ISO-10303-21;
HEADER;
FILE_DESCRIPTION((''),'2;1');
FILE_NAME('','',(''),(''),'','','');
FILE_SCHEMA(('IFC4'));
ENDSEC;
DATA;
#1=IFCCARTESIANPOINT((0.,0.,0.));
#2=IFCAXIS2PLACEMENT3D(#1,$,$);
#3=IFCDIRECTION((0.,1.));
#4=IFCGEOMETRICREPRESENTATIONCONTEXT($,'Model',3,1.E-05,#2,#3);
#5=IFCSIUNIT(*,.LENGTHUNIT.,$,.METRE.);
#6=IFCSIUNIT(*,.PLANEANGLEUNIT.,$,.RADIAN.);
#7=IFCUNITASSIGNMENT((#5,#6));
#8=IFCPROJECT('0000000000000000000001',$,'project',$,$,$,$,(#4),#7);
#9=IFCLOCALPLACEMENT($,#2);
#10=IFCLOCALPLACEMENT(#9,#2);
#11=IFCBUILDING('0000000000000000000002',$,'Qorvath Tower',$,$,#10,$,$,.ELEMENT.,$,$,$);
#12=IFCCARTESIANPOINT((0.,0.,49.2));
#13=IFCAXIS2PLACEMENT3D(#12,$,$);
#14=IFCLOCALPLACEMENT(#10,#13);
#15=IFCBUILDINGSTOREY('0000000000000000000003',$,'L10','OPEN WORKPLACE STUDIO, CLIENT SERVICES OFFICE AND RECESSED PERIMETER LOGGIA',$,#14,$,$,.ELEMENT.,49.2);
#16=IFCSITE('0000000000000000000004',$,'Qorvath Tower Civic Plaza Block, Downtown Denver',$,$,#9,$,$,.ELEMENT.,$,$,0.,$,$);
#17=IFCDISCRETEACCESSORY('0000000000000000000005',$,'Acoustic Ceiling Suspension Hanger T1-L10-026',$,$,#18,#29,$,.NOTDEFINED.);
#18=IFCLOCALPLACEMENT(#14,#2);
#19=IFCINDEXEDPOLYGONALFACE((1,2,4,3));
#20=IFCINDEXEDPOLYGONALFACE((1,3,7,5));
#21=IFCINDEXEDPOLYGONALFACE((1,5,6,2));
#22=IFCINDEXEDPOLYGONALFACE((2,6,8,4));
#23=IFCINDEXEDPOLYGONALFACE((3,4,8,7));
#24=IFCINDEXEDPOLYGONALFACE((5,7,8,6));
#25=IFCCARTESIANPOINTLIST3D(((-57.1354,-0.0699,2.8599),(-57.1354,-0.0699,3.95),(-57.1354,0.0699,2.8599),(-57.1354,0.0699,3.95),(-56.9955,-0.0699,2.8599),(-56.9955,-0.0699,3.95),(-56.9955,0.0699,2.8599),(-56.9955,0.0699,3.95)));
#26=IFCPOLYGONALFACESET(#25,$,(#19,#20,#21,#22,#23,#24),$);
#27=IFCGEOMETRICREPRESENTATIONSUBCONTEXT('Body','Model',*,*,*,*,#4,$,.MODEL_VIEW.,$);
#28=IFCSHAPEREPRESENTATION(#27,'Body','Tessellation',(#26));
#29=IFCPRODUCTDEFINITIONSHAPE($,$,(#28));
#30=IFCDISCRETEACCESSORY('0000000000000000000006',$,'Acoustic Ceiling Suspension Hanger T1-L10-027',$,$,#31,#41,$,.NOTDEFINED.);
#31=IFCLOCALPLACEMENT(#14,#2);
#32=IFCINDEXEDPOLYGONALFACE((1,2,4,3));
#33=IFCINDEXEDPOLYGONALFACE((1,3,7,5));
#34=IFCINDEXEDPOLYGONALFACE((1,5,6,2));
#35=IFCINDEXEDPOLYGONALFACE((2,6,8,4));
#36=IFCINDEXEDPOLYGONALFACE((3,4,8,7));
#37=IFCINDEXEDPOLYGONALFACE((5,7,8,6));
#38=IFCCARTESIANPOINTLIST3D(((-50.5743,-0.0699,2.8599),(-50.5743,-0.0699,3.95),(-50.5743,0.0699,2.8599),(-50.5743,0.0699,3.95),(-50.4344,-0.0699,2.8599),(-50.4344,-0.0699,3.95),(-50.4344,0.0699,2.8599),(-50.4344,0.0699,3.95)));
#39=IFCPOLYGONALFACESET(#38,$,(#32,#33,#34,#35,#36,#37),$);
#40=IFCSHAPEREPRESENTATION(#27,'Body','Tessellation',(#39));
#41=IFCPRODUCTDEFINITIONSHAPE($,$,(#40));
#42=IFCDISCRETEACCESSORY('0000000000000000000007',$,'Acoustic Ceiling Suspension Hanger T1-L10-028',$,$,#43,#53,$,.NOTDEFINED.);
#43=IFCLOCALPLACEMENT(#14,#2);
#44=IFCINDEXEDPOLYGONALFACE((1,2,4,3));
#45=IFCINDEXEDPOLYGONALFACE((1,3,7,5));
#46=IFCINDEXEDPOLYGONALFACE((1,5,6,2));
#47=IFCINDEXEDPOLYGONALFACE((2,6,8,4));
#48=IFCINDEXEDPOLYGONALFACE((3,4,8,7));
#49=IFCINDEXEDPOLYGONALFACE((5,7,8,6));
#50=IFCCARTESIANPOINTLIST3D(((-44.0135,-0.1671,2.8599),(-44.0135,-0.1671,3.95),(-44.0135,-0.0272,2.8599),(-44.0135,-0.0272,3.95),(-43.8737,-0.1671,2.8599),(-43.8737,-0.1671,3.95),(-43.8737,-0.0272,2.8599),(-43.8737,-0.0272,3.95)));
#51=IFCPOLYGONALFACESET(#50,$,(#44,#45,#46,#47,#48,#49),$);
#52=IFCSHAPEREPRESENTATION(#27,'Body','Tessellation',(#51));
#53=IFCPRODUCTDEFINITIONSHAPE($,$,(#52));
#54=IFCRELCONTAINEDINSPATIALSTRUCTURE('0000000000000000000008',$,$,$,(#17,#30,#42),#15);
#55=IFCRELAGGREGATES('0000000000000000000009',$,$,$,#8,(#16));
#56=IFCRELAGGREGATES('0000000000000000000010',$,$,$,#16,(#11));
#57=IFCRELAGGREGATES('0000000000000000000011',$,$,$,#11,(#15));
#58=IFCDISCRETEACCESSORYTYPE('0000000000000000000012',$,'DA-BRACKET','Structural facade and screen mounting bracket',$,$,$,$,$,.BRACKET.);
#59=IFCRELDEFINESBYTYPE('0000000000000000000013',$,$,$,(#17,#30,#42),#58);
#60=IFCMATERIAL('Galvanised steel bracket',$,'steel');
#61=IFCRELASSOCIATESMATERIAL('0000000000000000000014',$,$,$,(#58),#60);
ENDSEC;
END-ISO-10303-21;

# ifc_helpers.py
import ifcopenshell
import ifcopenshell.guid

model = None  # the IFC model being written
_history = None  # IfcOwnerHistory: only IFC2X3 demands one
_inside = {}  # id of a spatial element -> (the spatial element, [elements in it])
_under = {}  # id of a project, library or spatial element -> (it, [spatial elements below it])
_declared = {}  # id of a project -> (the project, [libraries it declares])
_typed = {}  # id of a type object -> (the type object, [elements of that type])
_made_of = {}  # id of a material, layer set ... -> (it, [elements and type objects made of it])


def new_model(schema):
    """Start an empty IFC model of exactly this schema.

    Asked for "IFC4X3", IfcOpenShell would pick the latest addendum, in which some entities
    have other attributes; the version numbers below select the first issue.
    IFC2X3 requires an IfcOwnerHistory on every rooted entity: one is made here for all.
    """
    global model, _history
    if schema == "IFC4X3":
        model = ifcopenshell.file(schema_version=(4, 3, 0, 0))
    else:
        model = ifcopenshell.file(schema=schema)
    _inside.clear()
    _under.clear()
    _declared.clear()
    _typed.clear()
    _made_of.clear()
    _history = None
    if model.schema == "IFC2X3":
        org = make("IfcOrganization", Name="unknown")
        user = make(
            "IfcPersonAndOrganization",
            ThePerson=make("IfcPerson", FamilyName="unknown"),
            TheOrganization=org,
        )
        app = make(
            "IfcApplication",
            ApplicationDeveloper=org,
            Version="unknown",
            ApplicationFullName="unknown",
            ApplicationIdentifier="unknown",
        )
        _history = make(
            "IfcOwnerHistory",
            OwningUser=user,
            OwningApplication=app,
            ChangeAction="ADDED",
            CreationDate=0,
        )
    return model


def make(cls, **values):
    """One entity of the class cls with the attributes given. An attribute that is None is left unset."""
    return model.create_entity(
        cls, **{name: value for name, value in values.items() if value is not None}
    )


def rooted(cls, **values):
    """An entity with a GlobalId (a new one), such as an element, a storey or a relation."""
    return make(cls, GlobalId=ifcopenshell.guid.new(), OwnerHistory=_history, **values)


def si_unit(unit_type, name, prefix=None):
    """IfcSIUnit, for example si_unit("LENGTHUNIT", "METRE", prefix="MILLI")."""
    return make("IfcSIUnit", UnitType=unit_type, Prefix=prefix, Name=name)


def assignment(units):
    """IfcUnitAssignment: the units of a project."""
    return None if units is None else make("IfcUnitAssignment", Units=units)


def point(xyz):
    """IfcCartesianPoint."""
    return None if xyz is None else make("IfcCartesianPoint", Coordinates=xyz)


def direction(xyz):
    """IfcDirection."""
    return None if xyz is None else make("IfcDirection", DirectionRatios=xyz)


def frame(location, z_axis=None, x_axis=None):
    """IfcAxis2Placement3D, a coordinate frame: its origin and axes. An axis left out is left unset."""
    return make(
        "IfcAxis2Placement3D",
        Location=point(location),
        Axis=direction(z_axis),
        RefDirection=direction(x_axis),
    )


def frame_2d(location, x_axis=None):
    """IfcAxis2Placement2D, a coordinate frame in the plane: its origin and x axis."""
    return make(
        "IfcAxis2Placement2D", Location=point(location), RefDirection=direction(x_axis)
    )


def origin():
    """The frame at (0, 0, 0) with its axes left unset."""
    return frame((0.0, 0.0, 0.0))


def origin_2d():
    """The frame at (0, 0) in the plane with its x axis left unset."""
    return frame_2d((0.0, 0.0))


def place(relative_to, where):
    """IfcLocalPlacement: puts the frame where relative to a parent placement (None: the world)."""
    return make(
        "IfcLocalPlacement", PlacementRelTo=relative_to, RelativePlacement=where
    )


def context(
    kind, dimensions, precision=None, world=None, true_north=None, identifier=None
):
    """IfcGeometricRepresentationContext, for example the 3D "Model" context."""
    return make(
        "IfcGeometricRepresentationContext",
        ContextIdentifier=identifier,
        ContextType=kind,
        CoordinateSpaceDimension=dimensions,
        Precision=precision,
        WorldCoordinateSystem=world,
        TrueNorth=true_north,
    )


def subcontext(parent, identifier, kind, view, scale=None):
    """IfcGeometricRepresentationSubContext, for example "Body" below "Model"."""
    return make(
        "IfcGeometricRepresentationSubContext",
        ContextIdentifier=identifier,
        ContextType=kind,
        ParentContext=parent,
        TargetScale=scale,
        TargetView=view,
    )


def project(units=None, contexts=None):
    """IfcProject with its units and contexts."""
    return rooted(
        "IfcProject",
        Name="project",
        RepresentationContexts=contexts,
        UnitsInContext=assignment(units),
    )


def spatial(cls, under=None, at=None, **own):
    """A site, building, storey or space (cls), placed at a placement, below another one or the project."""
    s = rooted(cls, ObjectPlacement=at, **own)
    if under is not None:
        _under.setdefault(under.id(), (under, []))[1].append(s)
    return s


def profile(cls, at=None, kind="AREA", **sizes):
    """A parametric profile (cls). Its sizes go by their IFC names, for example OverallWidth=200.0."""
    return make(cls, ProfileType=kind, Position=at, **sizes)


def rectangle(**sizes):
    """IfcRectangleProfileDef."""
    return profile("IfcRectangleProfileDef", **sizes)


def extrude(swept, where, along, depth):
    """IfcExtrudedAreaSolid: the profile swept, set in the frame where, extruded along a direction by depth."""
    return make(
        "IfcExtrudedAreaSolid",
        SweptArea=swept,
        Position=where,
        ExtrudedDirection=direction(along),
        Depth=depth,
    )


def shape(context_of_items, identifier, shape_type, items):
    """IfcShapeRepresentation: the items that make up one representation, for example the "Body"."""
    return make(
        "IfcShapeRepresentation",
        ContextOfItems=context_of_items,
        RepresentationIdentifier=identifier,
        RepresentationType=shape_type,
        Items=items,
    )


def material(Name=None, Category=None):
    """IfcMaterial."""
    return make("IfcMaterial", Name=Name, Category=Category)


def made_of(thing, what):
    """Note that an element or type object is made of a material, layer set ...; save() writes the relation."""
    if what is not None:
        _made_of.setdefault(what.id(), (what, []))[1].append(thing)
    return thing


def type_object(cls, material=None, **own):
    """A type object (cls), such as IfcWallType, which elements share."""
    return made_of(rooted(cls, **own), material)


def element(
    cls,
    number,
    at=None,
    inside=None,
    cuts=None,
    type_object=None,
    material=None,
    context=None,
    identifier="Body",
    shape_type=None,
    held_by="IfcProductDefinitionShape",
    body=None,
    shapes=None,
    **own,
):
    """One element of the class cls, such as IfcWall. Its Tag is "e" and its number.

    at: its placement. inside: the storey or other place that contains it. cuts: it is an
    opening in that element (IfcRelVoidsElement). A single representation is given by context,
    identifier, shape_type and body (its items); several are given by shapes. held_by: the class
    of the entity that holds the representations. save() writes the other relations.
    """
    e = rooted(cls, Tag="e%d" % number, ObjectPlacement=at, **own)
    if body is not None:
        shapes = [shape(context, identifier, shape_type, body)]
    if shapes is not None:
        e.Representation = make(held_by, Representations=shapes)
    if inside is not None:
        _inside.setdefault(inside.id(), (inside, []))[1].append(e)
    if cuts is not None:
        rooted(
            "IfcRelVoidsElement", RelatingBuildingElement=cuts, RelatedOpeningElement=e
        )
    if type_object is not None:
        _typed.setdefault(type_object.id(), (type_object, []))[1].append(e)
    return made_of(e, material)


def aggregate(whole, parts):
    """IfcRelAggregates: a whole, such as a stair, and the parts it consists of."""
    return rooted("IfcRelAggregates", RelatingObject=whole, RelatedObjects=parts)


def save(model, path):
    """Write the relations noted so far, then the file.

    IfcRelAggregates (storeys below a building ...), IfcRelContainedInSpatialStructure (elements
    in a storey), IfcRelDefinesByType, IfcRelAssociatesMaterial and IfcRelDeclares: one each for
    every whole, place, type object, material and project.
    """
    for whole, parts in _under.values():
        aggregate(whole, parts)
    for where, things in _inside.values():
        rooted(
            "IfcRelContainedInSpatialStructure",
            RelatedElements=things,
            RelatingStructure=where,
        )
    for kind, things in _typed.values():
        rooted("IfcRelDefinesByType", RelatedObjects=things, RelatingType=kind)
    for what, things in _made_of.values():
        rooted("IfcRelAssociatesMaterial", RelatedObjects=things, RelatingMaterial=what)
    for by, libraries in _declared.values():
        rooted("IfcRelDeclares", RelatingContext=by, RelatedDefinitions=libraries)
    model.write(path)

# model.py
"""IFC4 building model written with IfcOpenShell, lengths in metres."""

from ifc_helpers import new_model, si_unit, direction, frame, origin, origin_2d, place, context, subcontext, project, spatial, rectangle, extrude, material, type_object, element, save


model = new_model("IFC4")

# Units and contexts
model_context = context("Model", 3, precision=1e-05, world=origin(), true_north=direction((0.0, 1.0)))
body_context = subcontext(model_context, "Body", "Model", "MODEL_VIEW")
ifc_project = project(units=[si_unit("LENGTHUNIT", "METRE"), si_unit("PLANEANGLEUNIT", "RADIAN")], contexts=[model_context])

# Site, building, storey
site_placement = place(None, origin())
site = spatial("IfcSite", under=ifc_project, at=site_placement, Name="Qorvath Tower Civic Plaza Block, Downtown Denver", CompositionType="ELEMENT", RefElevation=0.0)
building_placement = place(site_placement, origin())
building = spatial("IfcBuilding", under=site, at=building_placement, Name="Qorvath Tower", CompositionType="ELEMENT")
storey_placement = place(building_placement, frame((0.0, 0.0, 49.2)))
storey = spatial("IfcBuildingStorey", under=building, at=storey_placement, Name="L10", Description="OPEN WORKPLACE STUDIO, CLIENT SERVICES OFFICE AND RECESSED PERIMETER LOGGIA", CompositionType="ELEMENT", Elevation=49.2)

# Discrete accessories
ifc_material_1 = material(Name="Galvanised steel bracket", Category="steel")
discrete_accessory_type = type_object("IfcDiscreteAccessoryType", Name="DA-BRACKET", Description="Structural facade and screen mounting bracket", PredefinedType="BRACKET", material=ifc_material_1)
for number, where, z_axis, x_axis, name in (
    (1, (-57.0654, 0.0, 2.8599), (0.0, 0.0, 1.0), (1.0, 0.0, 0.0), "Acoustic Ceiling Suspension Hanger T1-L10-026"),
    (2, (-50.5044, 0.0, 2.8599), (0.0, 0.0, 1.0), (1.0, 0.0, 0.0), "Acoustic Ceiling Suspension Hanger T1-L10-027"),
    (3, (-43.9436, -0.0972, 2.8599), (0.0, 0.0, 1.0), (1.0, 0.0, 0.0), "Acoustic Ceiling Suspension Hanger T1-L10-028"),
):
    element("IfcDiscreteAccessory", number, at=place(storey_placement, frame(where, z_axis=z_axis, x_axis=x_axis)), inside=storey, type_object=discrete_accessory_type, Name=name, PredefinedType="NOTDEFINED", context=body_context, shape_type="SweptSolid", body=[
        extrude(rectangle(XDim=0.1399, YDim=0.1399, at=origin_2d()), origin(), (0.0, 0.0, 1.0), 1.0901),
    ])

save(model, "model.ifc")
